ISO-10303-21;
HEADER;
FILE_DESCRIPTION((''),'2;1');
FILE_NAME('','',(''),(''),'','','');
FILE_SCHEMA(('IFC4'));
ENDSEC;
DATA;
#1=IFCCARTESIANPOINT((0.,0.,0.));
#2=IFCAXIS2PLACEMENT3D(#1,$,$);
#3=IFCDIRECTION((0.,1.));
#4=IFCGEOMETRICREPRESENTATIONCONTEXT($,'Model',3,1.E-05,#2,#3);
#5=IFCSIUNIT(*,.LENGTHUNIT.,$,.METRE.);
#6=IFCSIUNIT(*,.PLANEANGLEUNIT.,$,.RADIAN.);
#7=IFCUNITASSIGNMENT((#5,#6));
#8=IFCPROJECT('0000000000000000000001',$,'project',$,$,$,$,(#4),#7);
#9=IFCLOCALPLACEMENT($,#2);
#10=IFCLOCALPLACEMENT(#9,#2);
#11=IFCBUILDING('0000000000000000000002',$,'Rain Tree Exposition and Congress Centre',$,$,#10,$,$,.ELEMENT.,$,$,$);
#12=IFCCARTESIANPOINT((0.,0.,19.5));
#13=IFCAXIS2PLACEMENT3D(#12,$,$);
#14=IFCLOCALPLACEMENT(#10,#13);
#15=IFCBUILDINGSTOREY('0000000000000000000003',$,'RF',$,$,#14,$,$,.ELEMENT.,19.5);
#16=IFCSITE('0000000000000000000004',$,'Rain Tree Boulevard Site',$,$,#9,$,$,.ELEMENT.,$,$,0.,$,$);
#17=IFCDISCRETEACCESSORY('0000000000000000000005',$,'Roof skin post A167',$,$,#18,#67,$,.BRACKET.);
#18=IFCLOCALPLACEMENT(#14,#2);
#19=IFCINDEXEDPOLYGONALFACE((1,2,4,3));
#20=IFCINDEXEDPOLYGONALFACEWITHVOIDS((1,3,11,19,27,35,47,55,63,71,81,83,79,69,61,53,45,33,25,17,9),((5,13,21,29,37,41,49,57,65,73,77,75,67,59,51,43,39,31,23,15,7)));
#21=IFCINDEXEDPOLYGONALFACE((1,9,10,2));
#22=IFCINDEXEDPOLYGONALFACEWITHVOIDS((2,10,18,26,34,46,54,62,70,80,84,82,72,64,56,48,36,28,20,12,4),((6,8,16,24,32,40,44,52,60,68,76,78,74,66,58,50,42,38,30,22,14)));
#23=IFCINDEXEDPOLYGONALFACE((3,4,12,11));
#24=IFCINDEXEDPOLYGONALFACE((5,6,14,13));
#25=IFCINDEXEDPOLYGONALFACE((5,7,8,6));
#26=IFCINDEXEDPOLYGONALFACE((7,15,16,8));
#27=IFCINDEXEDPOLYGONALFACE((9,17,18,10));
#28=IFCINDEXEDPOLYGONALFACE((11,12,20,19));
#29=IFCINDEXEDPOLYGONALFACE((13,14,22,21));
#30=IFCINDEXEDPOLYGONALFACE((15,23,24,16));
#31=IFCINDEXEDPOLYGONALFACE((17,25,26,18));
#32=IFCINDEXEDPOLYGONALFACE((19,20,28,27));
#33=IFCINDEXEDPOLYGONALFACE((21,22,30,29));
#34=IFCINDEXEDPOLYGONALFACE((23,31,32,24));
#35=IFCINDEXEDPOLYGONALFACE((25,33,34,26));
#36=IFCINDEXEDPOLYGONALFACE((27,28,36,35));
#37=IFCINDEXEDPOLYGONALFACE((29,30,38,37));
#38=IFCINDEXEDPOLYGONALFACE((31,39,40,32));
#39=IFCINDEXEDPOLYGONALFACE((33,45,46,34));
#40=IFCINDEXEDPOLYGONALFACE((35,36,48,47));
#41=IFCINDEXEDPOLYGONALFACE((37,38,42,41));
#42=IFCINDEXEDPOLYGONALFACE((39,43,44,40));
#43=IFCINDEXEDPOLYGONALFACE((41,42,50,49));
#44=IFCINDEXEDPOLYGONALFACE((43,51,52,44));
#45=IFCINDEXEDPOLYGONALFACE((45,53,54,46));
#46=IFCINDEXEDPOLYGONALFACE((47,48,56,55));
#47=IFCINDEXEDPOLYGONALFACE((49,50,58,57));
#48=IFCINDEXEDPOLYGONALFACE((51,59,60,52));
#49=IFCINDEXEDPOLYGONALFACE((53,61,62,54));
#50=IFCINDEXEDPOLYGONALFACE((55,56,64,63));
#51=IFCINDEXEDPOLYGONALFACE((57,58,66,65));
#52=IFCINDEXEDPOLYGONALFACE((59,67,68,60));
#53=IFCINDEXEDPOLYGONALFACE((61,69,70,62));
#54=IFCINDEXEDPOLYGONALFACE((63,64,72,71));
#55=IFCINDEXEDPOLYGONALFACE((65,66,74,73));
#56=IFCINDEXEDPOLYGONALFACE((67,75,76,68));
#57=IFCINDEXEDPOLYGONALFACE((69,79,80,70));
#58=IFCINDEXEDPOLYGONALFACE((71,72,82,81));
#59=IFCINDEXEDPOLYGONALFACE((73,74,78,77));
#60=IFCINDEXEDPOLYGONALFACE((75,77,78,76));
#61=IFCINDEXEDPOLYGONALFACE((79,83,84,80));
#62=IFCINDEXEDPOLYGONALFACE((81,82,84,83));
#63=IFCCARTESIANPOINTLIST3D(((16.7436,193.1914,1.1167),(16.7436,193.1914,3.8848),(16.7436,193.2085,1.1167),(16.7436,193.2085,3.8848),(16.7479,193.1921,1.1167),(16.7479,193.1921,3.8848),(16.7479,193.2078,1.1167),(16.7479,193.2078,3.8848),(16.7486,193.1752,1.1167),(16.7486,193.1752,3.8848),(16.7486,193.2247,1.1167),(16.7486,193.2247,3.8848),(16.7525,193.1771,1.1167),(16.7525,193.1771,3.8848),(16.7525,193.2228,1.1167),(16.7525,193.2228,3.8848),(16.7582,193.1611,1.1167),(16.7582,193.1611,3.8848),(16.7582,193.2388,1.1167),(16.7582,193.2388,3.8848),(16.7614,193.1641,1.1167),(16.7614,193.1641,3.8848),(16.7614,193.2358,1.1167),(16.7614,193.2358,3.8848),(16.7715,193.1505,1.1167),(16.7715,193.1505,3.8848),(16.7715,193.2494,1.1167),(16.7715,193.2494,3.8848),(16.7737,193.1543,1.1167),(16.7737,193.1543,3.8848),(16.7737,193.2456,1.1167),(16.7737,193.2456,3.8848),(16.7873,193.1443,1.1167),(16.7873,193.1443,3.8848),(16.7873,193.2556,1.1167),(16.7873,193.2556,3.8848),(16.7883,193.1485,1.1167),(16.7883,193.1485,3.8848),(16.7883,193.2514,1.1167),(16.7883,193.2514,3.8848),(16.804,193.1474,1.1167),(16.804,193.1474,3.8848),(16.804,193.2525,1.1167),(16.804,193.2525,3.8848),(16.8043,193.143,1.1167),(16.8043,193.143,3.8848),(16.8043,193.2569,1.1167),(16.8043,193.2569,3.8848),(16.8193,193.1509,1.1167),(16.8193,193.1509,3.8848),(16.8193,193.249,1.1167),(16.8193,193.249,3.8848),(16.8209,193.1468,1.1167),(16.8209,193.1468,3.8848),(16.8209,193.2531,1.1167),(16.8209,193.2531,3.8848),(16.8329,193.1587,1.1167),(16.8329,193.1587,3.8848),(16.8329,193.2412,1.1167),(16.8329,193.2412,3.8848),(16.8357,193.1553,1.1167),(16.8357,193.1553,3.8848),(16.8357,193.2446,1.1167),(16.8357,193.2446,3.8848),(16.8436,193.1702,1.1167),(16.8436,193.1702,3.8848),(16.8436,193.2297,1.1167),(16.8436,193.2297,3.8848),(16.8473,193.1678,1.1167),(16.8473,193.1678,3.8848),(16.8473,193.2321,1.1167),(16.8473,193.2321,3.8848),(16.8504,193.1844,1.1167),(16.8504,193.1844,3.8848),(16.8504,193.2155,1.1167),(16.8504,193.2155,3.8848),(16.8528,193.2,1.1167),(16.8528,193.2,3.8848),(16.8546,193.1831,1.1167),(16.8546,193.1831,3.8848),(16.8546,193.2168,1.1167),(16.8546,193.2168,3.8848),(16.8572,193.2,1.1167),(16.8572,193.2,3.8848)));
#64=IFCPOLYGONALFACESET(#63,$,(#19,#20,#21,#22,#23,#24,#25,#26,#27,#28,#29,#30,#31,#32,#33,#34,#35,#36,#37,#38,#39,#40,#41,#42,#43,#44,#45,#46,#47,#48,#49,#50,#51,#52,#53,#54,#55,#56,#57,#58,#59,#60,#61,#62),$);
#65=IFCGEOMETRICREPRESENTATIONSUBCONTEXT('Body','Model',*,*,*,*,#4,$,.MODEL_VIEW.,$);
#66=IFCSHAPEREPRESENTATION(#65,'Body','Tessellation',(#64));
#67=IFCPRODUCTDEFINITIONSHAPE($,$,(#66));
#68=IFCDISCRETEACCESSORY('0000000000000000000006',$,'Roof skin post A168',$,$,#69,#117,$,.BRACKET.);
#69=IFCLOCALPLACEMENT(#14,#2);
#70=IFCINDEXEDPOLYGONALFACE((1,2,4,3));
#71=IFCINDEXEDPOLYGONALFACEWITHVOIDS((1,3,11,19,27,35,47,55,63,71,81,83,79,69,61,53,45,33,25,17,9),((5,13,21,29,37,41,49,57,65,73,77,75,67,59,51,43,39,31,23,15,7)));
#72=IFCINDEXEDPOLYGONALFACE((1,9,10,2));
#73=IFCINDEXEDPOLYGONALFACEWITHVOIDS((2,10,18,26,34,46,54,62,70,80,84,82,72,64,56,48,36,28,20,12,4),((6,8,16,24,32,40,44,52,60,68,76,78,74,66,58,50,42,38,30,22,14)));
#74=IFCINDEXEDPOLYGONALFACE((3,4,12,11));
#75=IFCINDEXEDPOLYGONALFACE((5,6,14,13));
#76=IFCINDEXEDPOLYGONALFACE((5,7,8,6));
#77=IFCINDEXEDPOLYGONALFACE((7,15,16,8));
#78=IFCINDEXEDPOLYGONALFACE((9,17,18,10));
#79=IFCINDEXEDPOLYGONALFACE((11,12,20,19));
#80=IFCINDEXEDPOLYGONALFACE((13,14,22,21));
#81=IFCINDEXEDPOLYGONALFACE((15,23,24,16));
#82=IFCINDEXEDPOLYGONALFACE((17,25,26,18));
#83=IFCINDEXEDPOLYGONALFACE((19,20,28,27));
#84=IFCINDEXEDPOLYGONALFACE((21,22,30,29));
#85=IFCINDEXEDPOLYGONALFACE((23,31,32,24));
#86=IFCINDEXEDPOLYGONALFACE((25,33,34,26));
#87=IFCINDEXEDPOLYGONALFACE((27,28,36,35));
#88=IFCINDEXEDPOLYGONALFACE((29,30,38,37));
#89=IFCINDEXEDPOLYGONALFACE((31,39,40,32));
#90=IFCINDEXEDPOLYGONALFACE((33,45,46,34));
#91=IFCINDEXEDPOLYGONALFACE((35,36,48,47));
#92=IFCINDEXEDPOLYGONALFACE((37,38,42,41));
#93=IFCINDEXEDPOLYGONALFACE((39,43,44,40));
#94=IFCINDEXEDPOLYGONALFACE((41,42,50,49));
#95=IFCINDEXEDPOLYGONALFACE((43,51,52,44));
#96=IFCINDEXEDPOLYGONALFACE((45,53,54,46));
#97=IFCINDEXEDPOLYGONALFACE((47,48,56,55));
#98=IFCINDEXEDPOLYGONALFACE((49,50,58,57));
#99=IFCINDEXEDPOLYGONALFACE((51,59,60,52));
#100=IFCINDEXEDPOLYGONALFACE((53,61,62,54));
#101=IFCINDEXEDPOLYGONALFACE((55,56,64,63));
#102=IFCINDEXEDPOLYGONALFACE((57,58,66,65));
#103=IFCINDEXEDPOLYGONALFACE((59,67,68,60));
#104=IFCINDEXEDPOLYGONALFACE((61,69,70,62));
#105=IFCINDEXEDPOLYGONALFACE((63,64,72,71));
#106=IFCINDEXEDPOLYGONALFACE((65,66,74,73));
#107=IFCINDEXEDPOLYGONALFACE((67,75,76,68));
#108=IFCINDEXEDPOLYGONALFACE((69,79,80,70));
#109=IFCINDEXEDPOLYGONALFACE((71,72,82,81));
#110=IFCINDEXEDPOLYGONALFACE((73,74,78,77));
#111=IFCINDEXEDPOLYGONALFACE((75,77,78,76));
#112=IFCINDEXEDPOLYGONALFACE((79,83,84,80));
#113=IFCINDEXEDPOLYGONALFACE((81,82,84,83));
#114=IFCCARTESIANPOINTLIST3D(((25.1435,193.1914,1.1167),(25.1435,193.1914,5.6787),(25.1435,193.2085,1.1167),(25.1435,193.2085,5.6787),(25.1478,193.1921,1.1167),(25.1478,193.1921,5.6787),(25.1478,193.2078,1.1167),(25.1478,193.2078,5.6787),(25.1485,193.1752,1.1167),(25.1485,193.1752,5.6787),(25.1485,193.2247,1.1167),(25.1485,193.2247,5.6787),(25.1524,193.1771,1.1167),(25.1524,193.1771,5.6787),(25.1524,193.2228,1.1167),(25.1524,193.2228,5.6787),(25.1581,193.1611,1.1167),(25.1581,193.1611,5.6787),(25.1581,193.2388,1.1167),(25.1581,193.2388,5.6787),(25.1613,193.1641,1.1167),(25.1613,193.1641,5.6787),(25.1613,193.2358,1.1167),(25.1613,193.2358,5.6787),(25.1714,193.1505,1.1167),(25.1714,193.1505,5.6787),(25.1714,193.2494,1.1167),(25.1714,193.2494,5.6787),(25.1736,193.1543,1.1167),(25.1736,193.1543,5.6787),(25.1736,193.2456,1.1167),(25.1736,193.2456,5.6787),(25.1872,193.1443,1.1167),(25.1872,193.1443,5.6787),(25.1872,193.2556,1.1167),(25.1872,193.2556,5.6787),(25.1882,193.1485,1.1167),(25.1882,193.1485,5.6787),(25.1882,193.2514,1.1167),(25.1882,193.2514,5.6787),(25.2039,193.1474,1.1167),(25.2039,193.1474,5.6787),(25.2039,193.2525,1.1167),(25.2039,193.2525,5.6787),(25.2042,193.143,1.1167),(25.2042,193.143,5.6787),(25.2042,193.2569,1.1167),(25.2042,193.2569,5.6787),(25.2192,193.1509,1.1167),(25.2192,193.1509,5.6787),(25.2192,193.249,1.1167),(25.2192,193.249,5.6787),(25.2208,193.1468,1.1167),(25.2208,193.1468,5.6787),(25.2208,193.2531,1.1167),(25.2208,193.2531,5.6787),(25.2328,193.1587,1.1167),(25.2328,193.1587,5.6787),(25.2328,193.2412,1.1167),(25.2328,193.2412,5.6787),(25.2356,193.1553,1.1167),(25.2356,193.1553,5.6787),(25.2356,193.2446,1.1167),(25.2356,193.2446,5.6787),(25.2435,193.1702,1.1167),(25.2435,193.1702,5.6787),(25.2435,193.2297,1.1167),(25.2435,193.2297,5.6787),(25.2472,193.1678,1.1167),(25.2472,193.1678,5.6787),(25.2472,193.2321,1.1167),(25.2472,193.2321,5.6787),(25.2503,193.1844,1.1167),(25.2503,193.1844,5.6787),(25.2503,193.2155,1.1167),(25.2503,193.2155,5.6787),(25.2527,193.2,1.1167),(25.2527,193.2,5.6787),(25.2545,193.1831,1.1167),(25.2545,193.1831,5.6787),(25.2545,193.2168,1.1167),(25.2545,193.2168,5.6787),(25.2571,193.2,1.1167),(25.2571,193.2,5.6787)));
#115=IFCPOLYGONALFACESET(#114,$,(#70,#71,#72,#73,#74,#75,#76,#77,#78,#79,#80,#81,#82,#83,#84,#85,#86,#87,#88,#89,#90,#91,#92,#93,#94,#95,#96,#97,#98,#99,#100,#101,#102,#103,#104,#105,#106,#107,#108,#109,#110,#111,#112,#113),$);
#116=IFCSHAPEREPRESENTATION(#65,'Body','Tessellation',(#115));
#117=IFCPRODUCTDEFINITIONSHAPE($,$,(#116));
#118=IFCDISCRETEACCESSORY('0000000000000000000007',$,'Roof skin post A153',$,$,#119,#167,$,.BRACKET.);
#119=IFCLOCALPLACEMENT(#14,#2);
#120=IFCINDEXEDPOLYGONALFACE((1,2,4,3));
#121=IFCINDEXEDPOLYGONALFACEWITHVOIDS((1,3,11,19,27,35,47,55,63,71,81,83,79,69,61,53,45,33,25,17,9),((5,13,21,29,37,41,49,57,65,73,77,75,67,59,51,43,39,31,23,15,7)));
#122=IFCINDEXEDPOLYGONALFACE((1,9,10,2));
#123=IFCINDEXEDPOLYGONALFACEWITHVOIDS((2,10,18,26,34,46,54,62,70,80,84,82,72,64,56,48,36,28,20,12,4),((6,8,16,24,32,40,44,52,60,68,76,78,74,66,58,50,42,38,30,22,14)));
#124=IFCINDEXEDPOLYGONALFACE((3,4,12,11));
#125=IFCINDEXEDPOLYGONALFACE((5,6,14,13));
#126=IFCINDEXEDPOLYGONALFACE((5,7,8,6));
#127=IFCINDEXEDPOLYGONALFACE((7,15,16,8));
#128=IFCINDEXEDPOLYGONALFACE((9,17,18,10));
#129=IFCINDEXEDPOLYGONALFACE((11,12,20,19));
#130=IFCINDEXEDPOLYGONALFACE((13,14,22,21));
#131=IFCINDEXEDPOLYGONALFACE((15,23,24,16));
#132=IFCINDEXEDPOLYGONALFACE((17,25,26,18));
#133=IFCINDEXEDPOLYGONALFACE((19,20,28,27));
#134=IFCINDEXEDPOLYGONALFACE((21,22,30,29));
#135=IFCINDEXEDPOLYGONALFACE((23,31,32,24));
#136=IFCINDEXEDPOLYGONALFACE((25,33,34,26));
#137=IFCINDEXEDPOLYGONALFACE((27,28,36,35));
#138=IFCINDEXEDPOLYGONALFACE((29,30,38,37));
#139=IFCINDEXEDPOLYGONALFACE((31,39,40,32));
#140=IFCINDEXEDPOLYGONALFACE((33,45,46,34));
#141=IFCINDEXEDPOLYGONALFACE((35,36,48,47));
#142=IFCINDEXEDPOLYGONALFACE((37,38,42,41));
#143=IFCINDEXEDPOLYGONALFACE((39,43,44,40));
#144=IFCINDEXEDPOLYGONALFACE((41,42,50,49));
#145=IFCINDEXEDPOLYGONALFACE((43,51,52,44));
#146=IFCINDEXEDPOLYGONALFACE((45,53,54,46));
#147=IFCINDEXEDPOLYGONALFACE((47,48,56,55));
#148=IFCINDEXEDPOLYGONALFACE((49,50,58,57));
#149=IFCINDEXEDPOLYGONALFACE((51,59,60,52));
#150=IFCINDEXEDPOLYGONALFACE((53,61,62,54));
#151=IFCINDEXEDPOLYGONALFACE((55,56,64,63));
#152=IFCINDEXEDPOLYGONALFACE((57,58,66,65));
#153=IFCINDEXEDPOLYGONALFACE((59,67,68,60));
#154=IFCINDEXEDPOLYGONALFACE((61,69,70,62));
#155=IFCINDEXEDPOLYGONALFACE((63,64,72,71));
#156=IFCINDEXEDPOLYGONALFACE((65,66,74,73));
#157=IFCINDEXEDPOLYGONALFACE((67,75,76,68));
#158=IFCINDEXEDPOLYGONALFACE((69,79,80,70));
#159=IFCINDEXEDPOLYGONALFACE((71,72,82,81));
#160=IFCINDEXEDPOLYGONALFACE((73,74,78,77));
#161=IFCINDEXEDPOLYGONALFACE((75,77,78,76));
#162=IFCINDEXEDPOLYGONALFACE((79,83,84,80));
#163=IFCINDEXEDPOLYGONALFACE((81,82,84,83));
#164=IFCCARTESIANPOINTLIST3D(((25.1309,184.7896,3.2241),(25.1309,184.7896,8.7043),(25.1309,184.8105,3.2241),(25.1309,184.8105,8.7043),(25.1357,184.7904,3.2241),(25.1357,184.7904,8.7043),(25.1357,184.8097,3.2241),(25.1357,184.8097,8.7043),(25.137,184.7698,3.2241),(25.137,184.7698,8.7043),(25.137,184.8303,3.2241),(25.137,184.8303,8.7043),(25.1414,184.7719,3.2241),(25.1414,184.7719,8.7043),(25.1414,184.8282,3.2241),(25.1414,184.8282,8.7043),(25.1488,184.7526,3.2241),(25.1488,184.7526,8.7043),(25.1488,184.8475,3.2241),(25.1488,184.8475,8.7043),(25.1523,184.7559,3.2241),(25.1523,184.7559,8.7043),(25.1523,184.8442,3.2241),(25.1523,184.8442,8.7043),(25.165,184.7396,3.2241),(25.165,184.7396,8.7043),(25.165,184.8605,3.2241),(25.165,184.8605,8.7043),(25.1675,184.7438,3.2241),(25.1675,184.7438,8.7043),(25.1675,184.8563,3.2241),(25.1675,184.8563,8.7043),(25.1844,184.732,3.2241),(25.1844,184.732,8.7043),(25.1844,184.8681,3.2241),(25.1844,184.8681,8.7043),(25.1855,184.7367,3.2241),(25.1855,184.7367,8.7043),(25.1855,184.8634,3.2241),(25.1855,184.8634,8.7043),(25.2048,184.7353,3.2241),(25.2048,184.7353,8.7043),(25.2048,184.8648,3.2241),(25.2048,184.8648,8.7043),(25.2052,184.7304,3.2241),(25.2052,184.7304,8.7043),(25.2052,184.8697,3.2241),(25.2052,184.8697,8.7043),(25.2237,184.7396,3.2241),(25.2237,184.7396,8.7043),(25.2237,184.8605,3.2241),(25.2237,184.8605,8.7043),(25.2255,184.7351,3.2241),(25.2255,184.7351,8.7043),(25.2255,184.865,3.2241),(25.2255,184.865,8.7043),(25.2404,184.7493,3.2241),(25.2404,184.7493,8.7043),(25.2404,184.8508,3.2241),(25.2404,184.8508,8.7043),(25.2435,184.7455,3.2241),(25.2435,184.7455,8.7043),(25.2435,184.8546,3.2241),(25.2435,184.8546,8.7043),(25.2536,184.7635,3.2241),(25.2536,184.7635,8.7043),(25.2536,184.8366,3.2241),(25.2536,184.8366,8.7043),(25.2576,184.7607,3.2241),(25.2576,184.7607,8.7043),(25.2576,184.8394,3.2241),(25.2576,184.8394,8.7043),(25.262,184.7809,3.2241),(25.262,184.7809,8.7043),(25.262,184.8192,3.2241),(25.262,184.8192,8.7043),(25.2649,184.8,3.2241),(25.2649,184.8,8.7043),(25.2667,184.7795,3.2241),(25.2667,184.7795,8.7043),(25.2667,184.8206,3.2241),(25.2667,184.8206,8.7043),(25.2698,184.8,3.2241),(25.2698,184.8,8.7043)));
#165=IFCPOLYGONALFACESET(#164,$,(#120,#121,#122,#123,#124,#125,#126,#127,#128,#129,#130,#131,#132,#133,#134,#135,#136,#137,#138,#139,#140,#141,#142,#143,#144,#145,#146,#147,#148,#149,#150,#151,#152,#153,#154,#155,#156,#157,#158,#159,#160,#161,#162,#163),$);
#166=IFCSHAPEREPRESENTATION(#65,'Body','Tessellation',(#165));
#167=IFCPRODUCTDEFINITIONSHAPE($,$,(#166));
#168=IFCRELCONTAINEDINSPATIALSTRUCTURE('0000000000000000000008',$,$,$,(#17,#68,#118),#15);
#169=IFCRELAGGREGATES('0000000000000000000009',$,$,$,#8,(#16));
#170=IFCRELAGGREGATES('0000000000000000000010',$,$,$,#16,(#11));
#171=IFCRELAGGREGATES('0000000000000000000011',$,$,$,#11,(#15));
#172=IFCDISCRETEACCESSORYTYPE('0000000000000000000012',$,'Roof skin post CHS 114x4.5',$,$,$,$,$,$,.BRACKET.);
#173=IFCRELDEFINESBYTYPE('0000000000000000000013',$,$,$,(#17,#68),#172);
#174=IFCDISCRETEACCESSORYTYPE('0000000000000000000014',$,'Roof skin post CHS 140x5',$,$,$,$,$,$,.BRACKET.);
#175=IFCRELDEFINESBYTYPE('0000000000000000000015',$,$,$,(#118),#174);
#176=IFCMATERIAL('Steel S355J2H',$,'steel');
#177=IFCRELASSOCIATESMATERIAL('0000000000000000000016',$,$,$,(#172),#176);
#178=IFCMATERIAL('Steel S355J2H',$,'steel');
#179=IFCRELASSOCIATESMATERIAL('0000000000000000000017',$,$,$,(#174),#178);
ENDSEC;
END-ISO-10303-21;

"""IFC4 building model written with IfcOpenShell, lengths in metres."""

from ifc_helpers import new_model, si_unit, direction, frame, origin, origin_2d, place, context, subcontext, project, spatial, hollow_circle, extrude, material, material_profile, profile_set, type_object, element, save


model = new_model("IFC4")

# Units and contexts
model_context = context("Model", 3, precision=1e-05, world=origin(), true_north=direction((0.0, 1.0)))
body_context = subcontext(model_context, "Body", "Model", "MODEL_VIEW")
ifc_project = project(units=[si_unit("LENGTHUNIT", "METRE"), si_unit("PLANEANGLEUNIT", "RADIAN")], contexts=[model_context])

# Site, building, storey
site_placement = place(None, origin())
site = spatial("IfcSite", under=ifc_project, at=site_placement, Name="Rain Tree Boulevard Site", CompositionType="ELEMENT", RefElevation=0.0)
building_placement = place(site_placement, origin())
building = spatial("IfcBuilding", under=site, at=building_placement, Name="Rain Tree Exposition and Congress Centre", CompositionType="ELEMENT")
storey_placement = place(building_placement, frame((0.0, 0.0, 19.5)))
storey = spatial("IfcBuildingStorey", under=building, at=storey_placement, Name="RF", CompositionType="ELEMENT", Elevation=19.5)

# Discrete accessories
ifc_material_1 = material(Name="Steel S355J2H", Category="steel")
ifc_material_profile_1 = material_profile(ifc_material_1, hollow_circle(Radius=0.0571, WallThickness=0.0044, at=origin_2d()), Name="CHS 114x4.5")
ifc_profile_set_1 = profile_set([ifc_material_profile_1], Name="Steel S355J2H")
discrete_accessory_type_1 = type_object("IfcDiscreteAccessoryType", Name="Roof skin post CHS 114x4.5", PredefinedType="BRACKET", material=ifc_profile_set_1)
discrete_accessory_1_placement = place(storey_placement, frame((16.8, 193.2, 1.1167), z_axis=(0.0, 0.0, 1.0), x_axis=(1.0, 0.0, 0.0)))
element("IfcDiscreteAccessory", 1, at=discrete_accessory_1_placement, inside=storey, type_object=discrete_accessory_type_1, Name="Roof skin post A167", PredefinedType="BRACKET", context=body_context, shape_type="SweptSolid", body=[
    extrude(hollow_circle(Radius=0.0571, WallThickness=0.0044, at=origin_2d()), origin(), (0.0, 0.0, 1.0), 2.7681),
])
discrete_accessory_2_placement = place(storey_placement, frame((25.2, 193.2, 1.1167), z_axis=(0.0, 0.0, 1.0), x_axis=(1.0, 0.0, 0.0)))
element("IfcDiscreteAccessory", 2, at=discrete_accessory_2_placement, inside=storey, type_object=discrete_accessory_type_1, Name="Roof skin post A168", PredefinedType="BRACKET", context=body_context, shape_type="SweptSolid", body=[
    extrude(hollow_circle(Radius=0.0571, WallThickness=0.0044, at=origin_2d()), origin(), (0.0, 0.0, 1.0), 4.562),
])
ifc_material_2 = material(Name="Steel S355J2H", Category="steel")
ifc_material_profile_2 = material_profile(ifc_material_2, hollow_circle(Radius=0.0698, WallThickness=0.0049, at=origin_2d()), Name="CHS 140x5")
ifc_profile_set_2 = profile_set([ifc_material_profile_2], Name="Steel S355J2H")
discrete_accessory_type_2 = type_object("IfcDiscreteAccessoryType", Name="Roof skin post CHS 140x5", PredefinedType="BRACKET", material=ifc_profile_set_2)
discrete_accessory_3_placement = place(storey_placement, frame((25.2, 184.8, 3.2241), z_axis=(0.0, 0.0, 1.0), x_axis=(1.0, 0.0, 0.0)))
element("IfcDiscreteAccessory", 3, at=discrete_accessory_3_placement, inside=storey, type_object=discrete_accessory_type_2, Name="Roof skin post A153", PredefinedType="BRACKET", context=body_context, shape_type="SweptSolid", body=[
    extrude(hollow_circle(Radius=0.0698, WallThickness=0.0049, at=origin_2d()), origin(), (0.0, 0.0, 1.0), 5.4802),
])

save(model, "model.ifc")
